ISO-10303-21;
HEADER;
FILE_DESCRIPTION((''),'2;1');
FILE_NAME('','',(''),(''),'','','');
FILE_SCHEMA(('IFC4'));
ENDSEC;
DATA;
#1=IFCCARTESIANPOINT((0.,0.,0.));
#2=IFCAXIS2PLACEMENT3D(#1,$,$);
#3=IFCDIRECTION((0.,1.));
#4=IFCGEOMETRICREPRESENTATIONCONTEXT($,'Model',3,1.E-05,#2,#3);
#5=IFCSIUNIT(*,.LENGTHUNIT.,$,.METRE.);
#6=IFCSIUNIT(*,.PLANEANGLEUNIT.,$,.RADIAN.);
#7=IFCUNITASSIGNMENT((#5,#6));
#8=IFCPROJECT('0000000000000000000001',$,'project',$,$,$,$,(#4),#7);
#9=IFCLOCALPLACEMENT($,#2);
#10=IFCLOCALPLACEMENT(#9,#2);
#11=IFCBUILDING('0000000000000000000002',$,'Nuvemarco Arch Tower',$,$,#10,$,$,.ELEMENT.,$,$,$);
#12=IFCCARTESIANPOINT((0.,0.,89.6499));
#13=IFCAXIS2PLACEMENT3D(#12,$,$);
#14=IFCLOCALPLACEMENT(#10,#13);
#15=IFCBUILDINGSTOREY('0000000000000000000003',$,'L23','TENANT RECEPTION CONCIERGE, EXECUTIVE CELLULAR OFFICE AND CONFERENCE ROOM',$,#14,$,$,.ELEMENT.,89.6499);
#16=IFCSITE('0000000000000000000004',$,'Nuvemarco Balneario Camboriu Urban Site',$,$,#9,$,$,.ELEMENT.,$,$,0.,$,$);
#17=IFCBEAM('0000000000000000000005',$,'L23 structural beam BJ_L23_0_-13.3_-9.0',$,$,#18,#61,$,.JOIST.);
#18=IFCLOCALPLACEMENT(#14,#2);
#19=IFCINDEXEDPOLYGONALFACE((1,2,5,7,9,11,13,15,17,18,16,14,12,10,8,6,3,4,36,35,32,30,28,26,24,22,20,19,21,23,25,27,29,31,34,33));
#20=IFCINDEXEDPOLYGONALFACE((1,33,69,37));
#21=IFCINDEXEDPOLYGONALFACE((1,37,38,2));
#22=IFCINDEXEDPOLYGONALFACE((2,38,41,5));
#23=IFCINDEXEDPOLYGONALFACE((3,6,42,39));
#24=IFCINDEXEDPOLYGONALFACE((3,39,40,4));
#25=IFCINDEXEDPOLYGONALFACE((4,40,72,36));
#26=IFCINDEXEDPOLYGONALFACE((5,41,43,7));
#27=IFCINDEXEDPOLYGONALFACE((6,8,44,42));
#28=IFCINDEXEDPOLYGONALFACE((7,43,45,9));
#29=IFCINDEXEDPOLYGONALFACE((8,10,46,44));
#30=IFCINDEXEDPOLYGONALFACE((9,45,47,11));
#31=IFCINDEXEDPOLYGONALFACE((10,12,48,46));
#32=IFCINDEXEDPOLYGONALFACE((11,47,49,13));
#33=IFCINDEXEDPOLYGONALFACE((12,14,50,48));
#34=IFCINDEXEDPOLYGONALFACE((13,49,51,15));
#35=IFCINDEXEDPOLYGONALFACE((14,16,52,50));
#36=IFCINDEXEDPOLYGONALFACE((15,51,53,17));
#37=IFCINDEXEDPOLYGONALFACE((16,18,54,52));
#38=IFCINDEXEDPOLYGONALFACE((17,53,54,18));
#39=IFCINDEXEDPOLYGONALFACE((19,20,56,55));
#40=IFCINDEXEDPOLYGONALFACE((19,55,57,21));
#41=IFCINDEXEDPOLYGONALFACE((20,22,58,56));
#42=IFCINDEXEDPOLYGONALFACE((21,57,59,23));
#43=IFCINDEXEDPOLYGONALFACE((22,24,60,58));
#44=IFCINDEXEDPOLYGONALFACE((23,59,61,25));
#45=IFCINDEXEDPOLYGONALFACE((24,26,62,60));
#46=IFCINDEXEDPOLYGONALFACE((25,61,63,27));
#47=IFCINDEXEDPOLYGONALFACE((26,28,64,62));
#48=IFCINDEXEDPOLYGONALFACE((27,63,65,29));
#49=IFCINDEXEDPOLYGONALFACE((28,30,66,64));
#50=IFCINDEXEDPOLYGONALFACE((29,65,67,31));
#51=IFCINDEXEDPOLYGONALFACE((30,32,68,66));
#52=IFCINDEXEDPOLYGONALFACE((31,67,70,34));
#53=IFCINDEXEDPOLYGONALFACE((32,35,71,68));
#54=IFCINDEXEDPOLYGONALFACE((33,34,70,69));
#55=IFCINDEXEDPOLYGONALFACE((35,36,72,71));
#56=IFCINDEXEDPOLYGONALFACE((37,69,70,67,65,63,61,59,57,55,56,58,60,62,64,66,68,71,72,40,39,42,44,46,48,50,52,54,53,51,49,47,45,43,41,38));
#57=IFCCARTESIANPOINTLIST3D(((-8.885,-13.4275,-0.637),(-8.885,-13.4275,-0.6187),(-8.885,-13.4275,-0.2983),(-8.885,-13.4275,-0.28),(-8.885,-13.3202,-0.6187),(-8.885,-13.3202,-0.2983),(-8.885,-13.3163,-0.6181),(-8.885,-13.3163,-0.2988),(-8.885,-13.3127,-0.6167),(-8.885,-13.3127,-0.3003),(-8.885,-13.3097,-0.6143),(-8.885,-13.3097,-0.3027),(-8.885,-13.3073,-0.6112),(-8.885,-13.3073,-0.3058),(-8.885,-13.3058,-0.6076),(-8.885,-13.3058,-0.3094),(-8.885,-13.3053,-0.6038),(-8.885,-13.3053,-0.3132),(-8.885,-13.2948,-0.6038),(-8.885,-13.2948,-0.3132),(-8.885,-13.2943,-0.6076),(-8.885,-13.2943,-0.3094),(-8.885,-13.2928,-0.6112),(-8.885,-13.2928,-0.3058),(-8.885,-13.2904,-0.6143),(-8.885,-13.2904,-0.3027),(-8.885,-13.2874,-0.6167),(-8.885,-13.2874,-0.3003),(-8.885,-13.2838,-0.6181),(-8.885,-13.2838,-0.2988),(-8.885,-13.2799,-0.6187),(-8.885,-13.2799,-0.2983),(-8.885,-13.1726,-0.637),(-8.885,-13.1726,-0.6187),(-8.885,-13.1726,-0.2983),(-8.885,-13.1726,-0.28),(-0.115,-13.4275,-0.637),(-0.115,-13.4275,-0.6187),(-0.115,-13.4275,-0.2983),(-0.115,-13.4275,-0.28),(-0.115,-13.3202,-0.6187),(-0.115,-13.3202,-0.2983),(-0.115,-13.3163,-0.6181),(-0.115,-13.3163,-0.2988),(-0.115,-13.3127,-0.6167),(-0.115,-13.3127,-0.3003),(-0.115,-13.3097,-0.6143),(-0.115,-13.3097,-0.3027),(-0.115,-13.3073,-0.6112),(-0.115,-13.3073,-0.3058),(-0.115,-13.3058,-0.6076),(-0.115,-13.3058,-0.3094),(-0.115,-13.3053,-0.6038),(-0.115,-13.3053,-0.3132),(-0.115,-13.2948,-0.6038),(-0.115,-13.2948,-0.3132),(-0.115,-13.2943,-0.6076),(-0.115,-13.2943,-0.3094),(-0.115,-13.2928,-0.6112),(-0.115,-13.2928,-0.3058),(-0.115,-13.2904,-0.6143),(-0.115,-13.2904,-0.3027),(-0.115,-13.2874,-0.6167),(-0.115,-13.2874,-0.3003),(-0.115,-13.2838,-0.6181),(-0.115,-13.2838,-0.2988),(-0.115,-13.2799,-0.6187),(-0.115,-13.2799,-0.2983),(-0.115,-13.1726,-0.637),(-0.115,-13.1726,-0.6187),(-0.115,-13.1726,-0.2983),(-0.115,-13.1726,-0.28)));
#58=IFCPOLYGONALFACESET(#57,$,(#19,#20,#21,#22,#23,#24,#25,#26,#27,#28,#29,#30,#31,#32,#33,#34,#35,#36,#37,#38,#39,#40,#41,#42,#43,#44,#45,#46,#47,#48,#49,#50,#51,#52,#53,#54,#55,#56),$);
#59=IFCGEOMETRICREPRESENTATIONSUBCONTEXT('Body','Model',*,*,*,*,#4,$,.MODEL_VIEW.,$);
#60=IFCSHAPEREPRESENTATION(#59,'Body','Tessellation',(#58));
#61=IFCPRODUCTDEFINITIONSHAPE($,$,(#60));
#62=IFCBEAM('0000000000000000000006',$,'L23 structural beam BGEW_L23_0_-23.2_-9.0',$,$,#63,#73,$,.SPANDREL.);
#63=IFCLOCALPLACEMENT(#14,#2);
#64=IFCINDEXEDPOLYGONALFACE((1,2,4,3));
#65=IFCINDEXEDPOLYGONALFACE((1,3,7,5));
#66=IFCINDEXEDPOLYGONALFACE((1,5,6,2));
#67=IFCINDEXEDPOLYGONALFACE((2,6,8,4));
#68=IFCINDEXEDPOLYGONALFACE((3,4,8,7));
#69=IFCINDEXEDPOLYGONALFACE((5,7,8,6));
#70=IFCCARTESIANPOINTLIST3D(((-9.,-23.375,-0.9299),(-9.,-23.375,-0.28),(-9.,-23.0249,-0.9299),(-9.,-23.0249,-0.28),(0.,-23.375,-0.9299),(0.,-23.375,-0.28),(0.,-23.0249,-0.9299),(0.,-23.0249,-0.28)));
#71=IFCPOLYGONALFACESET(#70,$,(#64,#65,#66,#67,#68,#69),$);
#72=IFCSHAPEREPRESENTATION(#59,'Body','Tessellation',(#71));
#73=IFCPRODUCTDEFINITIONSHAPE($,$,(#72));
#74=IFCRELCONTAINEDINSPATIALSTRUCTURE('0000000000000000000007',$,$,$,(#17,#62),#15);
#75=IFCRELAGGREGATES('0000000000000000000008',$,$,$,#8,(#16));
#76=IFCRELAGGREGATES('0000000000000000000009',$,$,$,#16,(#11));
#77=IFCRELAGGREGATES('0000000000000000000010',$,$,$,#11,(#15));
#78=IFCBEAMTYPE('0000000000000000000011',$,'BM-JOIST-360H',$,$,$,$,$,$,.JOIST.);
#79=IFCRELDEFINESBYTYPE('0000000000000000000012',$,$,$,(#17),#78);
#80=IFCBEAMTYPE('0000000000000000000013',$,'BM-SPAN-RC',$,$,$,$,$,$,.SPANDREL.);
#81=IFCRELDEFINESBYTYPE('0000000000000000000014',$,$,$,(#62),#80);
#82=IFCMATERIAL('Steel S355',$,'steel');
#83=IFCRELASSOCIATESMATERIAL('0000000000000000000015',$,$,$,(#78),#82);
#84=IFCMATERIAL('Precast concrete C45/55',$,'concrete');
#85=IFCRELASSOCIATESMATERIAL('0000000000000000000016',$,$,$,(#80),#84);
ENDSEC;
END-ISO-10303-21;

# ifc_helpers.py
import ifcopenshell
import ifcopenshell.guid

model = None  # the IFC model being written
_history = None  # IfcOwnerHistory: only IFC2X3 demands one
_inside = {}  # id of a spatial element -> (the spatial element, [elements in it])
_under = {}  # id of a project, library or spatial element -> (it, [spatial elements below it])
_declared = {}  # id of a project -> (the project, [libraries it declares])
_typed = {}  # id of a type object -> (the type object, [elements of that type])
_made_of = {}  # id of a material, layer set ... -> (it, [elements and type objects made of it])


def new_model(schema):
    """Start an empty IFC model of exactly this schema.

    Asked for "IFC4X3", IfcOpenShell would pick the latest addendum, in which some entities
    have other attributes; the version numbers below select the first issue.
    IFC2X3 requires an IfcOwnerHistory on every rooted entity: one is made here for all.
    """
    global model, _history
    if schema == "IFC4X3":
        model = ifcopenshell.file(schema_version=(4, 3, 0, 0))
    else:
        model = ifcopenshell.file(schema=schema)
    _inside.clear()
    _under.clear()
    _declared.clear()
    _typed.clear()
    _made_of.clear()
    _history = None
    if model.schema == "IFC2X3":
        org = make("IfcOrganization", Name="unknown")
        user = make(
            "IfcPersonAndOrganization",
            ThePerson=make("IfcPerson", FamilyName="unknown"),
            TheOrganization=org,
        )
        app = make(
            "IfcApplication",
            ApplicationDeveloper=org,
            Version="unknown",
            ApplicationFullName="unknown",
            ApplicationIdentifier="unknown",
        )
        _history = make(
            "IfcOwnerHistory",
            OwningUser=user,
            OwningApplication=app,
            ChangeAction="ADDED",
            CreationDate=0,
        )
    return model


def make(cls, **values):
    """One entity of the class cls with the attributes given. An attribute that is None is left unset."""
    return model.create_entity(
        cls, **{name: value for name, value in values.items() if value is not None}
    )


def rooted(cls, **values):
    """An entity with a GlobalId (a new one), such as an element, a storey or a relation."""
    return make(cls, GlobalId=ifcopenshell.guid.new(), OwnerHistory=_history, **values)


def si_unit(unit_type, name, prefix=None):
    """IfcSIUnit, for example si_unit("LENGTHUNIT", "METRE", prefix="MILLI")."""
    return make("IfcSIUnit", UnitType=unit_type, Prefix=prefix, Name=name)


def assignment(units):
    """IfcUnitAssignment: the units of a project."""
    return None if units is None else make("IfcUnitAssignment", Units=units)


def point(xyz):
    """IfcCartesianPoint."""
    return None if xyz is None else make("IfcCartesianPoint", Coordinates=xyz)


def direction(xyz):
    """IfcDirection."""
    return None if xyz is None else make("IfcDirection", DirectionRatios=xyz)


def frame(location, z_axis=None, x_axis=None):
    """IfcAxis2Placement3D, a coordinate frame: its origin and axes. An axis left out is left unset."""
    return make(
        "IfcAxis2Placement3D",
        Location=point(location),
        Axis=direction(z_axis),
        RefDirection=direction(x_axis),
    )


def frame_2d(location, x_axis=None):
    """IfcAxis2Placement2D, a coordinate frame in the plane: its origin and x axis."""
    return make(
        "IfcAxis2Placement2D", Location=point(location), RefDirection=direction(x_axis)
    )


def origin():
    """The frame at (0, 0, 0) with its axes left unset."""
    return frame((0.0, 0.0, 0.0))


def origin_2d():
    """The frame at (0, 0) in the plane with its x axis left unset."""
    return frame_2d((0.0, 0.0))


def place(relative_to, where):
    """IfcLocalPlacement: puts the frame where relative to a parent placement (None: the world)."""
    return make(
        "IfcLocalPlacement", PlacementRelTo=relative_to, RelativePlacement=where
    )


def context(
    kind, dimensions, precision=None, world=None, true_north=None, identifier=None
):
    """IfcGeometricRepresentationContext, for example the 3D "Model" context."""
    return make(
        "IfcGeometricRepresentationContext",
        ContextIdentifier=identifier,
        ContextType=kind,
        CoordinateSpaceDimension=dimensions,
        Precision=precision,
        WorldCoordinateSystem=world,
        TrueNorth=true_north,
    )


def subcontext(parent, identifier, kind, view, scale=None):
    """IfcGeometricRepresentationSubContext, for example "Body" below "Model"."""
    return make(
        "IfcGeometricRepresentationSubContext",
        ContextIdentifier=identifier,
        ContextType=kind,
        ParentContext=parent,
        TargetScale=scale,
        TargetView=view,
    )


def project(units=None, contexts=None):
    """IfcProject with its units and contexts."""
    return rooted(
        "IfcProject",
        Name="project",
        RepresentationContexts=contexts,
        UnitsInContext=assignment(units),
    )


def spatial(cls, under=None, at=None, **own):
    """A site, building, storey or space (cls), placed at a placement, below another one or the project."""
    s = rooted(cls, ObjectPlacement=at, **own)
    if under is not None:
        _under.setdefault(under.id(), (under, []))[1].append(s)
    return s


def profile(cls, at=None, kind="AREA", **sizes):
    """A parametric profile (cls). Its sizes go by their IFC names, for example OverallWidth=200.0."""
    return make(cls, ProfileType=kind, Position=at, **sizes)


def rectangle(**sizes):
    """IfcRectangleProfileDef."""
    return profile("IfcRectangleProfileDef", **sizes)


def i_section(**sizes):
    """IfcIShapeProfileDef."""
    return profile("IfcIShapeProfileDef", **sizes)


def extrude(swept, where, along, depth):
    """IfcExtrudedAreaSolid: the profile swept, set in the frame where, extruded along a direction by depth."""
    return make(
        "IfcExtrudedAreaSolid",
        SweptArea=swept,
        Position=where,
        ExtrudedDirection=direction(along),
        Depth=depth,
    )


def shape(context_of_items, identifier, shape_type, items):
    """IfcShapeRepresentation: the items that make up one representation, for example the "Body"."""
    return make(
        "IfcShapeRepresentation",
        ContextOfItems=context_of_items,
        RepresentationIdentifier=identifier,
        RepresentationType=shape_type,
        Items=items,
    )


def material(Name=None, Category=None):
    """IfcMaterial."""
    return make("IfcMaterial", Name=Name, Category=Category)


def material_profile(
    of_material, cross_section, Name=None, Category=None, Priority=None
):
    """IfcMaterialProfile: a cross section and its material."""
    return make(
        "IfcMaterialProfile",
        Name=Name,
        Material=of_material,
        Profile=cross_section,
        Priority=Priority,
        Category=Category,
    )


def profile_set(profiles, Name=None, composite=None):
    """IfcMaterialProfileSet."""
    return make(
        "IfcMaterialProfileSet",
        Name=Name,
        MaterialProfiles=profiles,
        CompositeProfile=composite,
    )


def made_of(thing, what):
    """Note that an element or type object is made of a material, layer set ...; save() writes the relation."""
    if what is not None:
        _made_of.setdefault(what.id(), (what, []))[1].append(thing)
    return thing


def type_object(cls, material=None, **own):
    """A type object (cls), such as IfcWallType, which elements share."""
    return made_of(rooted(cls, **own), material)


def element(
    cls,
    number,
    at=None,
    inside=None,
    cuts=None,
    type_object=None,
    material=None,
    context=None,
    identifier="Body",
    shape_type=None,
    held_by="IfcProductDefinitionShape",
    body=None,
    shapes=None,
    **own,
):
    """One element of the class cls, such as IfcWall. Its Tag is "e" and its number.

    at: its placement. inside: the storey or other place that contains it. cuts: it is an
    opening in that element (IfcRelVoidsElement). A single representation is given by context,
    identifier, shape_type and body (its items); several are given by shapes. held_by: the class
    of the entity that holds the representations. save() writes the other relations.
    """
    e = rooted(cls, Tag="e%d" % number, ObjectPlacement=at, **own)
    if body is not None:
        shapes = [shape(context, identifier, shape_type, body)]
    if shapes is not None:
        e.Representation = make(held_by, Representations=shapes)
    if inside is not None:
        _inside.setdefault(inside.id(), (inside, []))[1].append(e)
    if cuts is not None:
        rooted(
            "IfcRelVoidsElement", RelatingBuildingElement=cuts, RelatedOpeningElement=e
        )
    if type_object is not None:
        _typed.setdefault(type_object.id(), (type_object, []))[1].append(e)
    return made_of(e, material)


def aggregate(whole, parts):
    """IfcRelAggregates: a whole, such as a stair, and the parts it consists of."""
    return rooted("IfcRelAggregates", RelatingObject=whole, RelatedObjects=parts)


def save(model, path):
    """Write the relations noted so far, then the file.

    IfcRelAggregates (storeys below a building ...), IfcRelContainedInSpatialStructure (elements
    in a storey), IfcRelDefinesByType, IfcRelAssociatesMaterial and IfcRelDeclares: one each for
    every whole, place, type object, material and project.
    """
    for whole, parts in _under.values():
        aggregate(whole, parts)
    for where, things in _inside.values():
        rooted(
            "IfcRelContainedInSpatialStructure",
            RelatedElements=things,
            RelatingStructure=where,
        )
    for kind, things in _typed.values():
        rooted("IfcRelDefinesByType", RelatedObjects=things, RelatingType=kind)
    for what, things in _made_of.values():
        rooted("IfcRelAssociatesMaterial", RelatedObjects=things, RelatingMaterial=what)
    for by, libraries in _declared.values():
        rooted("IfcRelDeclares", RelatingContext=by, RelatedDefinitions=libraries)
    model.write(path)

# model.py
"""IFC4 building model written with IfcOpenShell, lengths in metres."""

from ifc_helpers import new_model, si_unit, direction, frame, origin, origin_2d, place, context, subcontext, project, spatial, rectangle, i_section, extrude, material, material_profile, profile_set, type_object, element, save


model = new_model("IFC4")

# Units and contexts
model_context = context("Model", 3, precision=1e-05, world=origin(), true_north=direction((0.0, 1.0)))
body_context = subcontext(model_context, "Body", "Model", "MODEL_VIEW")
ifc_project = project(units=[si_unit("LENGTHUNIT", "METRE"), si_unit("PLANEANGLEUNIT", "RADIAN")], contexts=[model_context])

# Site, building, storey
site_placement = place(None, origin())
site = spatial("IfcSite", under=ifc_project, at=site_placement, Name="Nuvemarco Balneario Camboriu Urban Site", CompositionType="ELEMENT", RefElevation=0.0)
building_placement = place(site_placement, origin())
building = spatial("IfcBuilding", under=site, at=building_placement, Name="Nuvemarco Arch Tower", CompositionType="ELEMENT")
storey_placement = place(building_placement, frame((0.0, 0.0, 89.6499)))
storey = spatial("IfcBuildingStorey", under=building, at=storey_placement, Name="L23", Description="TENANT RECEPTION CONCIERGE, EXECUTIVE CELLULAR OFFICE AND CONFERENCE ROOM", CompositionType="ELEMENT", Elevation=89.6499)

# Shared definitions
ifc_material_1 = material(Name="Steel S355", Category="steel")

# Beams
ifc_material_profile_1 = material_profile(ifc_material_1, i_section(OverallWidth=0.2549, OverallDepth=0.3569, WebThickness=0.0105, FlangeThickness=0.0183, FilletRadius=0.0149, at=origin_2d()), Name="W360x101")
ifc_profile_set_1 = profile_set([ifc_material_profile_1], Name="Steel S355")
beam_type_1 = type_object("IfcBeamType", Name="BM-JOIST-360H", PredefinedType="JOIST", material=ifc_profile_set_1)
beam_1_placement = place(storey_placement, frame((-8.885, -13.3, -0.4585), z_axis=(1.0, 0.0, 0.0), x_axis=(0.0, 1.0, 0.0)))
element("IfcBeam", 1, at=beam_1_placement, inside=storey, type_object=beam_type_1, Name="L23 structural beam BJ_L23_0_-13.3_-9.0", PredefinedType="JOIST", context=body_context, shape_type="SweptSolid", body=[
    extrude(i_section(OverallWidth=0.2549, OverallDepth=0.3569, WebThickness=0.0105, FlangeThickness=0.0183, FilletRadius=0.0149, at=origin_2d()), origin(), (0.0, 0.0, 1.0), 8.77),
])
ifc_material_2 = material(Name="Precast concrete C45/55", Category="concrete")
ifc_material_profile_2 = material_profile(ifc_material_2, rectangle(XDim=0.3501, YDim=0.6499, at=origin_2d()), Name="PC-SP-350x650")
ifc_profile_set_2 = profile_set([ifc_material_profile_2], Name="Precast concrete C45/55")
beam_type_2 = type_object("IfcBeamType", Name="BM-SPAN-RC", PredefinedType="SPANDREL", material=ifc_profile_set_2)
beam_2_placement = place(storey_placement, frame((-9.0, -23.2, -0.605), z_axis=(1.0, 0.0, 0.0), x_axis=(0.0, 1.0, 0.0)))
element("IfcBeam", 2, at=beam_2_placement, inside=storey, type_object=beam_type_2, Name="L23 structural beam BGEW_L23_0_-23.2_-9.0", PredefinedType="SPANDREL", context=body_context, shape_type="SweptSolid", body=[
    extrude(rectangle(XDim=0.3501, YDim=0.6499, at=origin_2d()), origin(), (0.0, 0.0, 1.0), 9.0),
])

save(model, "model.ifc")
